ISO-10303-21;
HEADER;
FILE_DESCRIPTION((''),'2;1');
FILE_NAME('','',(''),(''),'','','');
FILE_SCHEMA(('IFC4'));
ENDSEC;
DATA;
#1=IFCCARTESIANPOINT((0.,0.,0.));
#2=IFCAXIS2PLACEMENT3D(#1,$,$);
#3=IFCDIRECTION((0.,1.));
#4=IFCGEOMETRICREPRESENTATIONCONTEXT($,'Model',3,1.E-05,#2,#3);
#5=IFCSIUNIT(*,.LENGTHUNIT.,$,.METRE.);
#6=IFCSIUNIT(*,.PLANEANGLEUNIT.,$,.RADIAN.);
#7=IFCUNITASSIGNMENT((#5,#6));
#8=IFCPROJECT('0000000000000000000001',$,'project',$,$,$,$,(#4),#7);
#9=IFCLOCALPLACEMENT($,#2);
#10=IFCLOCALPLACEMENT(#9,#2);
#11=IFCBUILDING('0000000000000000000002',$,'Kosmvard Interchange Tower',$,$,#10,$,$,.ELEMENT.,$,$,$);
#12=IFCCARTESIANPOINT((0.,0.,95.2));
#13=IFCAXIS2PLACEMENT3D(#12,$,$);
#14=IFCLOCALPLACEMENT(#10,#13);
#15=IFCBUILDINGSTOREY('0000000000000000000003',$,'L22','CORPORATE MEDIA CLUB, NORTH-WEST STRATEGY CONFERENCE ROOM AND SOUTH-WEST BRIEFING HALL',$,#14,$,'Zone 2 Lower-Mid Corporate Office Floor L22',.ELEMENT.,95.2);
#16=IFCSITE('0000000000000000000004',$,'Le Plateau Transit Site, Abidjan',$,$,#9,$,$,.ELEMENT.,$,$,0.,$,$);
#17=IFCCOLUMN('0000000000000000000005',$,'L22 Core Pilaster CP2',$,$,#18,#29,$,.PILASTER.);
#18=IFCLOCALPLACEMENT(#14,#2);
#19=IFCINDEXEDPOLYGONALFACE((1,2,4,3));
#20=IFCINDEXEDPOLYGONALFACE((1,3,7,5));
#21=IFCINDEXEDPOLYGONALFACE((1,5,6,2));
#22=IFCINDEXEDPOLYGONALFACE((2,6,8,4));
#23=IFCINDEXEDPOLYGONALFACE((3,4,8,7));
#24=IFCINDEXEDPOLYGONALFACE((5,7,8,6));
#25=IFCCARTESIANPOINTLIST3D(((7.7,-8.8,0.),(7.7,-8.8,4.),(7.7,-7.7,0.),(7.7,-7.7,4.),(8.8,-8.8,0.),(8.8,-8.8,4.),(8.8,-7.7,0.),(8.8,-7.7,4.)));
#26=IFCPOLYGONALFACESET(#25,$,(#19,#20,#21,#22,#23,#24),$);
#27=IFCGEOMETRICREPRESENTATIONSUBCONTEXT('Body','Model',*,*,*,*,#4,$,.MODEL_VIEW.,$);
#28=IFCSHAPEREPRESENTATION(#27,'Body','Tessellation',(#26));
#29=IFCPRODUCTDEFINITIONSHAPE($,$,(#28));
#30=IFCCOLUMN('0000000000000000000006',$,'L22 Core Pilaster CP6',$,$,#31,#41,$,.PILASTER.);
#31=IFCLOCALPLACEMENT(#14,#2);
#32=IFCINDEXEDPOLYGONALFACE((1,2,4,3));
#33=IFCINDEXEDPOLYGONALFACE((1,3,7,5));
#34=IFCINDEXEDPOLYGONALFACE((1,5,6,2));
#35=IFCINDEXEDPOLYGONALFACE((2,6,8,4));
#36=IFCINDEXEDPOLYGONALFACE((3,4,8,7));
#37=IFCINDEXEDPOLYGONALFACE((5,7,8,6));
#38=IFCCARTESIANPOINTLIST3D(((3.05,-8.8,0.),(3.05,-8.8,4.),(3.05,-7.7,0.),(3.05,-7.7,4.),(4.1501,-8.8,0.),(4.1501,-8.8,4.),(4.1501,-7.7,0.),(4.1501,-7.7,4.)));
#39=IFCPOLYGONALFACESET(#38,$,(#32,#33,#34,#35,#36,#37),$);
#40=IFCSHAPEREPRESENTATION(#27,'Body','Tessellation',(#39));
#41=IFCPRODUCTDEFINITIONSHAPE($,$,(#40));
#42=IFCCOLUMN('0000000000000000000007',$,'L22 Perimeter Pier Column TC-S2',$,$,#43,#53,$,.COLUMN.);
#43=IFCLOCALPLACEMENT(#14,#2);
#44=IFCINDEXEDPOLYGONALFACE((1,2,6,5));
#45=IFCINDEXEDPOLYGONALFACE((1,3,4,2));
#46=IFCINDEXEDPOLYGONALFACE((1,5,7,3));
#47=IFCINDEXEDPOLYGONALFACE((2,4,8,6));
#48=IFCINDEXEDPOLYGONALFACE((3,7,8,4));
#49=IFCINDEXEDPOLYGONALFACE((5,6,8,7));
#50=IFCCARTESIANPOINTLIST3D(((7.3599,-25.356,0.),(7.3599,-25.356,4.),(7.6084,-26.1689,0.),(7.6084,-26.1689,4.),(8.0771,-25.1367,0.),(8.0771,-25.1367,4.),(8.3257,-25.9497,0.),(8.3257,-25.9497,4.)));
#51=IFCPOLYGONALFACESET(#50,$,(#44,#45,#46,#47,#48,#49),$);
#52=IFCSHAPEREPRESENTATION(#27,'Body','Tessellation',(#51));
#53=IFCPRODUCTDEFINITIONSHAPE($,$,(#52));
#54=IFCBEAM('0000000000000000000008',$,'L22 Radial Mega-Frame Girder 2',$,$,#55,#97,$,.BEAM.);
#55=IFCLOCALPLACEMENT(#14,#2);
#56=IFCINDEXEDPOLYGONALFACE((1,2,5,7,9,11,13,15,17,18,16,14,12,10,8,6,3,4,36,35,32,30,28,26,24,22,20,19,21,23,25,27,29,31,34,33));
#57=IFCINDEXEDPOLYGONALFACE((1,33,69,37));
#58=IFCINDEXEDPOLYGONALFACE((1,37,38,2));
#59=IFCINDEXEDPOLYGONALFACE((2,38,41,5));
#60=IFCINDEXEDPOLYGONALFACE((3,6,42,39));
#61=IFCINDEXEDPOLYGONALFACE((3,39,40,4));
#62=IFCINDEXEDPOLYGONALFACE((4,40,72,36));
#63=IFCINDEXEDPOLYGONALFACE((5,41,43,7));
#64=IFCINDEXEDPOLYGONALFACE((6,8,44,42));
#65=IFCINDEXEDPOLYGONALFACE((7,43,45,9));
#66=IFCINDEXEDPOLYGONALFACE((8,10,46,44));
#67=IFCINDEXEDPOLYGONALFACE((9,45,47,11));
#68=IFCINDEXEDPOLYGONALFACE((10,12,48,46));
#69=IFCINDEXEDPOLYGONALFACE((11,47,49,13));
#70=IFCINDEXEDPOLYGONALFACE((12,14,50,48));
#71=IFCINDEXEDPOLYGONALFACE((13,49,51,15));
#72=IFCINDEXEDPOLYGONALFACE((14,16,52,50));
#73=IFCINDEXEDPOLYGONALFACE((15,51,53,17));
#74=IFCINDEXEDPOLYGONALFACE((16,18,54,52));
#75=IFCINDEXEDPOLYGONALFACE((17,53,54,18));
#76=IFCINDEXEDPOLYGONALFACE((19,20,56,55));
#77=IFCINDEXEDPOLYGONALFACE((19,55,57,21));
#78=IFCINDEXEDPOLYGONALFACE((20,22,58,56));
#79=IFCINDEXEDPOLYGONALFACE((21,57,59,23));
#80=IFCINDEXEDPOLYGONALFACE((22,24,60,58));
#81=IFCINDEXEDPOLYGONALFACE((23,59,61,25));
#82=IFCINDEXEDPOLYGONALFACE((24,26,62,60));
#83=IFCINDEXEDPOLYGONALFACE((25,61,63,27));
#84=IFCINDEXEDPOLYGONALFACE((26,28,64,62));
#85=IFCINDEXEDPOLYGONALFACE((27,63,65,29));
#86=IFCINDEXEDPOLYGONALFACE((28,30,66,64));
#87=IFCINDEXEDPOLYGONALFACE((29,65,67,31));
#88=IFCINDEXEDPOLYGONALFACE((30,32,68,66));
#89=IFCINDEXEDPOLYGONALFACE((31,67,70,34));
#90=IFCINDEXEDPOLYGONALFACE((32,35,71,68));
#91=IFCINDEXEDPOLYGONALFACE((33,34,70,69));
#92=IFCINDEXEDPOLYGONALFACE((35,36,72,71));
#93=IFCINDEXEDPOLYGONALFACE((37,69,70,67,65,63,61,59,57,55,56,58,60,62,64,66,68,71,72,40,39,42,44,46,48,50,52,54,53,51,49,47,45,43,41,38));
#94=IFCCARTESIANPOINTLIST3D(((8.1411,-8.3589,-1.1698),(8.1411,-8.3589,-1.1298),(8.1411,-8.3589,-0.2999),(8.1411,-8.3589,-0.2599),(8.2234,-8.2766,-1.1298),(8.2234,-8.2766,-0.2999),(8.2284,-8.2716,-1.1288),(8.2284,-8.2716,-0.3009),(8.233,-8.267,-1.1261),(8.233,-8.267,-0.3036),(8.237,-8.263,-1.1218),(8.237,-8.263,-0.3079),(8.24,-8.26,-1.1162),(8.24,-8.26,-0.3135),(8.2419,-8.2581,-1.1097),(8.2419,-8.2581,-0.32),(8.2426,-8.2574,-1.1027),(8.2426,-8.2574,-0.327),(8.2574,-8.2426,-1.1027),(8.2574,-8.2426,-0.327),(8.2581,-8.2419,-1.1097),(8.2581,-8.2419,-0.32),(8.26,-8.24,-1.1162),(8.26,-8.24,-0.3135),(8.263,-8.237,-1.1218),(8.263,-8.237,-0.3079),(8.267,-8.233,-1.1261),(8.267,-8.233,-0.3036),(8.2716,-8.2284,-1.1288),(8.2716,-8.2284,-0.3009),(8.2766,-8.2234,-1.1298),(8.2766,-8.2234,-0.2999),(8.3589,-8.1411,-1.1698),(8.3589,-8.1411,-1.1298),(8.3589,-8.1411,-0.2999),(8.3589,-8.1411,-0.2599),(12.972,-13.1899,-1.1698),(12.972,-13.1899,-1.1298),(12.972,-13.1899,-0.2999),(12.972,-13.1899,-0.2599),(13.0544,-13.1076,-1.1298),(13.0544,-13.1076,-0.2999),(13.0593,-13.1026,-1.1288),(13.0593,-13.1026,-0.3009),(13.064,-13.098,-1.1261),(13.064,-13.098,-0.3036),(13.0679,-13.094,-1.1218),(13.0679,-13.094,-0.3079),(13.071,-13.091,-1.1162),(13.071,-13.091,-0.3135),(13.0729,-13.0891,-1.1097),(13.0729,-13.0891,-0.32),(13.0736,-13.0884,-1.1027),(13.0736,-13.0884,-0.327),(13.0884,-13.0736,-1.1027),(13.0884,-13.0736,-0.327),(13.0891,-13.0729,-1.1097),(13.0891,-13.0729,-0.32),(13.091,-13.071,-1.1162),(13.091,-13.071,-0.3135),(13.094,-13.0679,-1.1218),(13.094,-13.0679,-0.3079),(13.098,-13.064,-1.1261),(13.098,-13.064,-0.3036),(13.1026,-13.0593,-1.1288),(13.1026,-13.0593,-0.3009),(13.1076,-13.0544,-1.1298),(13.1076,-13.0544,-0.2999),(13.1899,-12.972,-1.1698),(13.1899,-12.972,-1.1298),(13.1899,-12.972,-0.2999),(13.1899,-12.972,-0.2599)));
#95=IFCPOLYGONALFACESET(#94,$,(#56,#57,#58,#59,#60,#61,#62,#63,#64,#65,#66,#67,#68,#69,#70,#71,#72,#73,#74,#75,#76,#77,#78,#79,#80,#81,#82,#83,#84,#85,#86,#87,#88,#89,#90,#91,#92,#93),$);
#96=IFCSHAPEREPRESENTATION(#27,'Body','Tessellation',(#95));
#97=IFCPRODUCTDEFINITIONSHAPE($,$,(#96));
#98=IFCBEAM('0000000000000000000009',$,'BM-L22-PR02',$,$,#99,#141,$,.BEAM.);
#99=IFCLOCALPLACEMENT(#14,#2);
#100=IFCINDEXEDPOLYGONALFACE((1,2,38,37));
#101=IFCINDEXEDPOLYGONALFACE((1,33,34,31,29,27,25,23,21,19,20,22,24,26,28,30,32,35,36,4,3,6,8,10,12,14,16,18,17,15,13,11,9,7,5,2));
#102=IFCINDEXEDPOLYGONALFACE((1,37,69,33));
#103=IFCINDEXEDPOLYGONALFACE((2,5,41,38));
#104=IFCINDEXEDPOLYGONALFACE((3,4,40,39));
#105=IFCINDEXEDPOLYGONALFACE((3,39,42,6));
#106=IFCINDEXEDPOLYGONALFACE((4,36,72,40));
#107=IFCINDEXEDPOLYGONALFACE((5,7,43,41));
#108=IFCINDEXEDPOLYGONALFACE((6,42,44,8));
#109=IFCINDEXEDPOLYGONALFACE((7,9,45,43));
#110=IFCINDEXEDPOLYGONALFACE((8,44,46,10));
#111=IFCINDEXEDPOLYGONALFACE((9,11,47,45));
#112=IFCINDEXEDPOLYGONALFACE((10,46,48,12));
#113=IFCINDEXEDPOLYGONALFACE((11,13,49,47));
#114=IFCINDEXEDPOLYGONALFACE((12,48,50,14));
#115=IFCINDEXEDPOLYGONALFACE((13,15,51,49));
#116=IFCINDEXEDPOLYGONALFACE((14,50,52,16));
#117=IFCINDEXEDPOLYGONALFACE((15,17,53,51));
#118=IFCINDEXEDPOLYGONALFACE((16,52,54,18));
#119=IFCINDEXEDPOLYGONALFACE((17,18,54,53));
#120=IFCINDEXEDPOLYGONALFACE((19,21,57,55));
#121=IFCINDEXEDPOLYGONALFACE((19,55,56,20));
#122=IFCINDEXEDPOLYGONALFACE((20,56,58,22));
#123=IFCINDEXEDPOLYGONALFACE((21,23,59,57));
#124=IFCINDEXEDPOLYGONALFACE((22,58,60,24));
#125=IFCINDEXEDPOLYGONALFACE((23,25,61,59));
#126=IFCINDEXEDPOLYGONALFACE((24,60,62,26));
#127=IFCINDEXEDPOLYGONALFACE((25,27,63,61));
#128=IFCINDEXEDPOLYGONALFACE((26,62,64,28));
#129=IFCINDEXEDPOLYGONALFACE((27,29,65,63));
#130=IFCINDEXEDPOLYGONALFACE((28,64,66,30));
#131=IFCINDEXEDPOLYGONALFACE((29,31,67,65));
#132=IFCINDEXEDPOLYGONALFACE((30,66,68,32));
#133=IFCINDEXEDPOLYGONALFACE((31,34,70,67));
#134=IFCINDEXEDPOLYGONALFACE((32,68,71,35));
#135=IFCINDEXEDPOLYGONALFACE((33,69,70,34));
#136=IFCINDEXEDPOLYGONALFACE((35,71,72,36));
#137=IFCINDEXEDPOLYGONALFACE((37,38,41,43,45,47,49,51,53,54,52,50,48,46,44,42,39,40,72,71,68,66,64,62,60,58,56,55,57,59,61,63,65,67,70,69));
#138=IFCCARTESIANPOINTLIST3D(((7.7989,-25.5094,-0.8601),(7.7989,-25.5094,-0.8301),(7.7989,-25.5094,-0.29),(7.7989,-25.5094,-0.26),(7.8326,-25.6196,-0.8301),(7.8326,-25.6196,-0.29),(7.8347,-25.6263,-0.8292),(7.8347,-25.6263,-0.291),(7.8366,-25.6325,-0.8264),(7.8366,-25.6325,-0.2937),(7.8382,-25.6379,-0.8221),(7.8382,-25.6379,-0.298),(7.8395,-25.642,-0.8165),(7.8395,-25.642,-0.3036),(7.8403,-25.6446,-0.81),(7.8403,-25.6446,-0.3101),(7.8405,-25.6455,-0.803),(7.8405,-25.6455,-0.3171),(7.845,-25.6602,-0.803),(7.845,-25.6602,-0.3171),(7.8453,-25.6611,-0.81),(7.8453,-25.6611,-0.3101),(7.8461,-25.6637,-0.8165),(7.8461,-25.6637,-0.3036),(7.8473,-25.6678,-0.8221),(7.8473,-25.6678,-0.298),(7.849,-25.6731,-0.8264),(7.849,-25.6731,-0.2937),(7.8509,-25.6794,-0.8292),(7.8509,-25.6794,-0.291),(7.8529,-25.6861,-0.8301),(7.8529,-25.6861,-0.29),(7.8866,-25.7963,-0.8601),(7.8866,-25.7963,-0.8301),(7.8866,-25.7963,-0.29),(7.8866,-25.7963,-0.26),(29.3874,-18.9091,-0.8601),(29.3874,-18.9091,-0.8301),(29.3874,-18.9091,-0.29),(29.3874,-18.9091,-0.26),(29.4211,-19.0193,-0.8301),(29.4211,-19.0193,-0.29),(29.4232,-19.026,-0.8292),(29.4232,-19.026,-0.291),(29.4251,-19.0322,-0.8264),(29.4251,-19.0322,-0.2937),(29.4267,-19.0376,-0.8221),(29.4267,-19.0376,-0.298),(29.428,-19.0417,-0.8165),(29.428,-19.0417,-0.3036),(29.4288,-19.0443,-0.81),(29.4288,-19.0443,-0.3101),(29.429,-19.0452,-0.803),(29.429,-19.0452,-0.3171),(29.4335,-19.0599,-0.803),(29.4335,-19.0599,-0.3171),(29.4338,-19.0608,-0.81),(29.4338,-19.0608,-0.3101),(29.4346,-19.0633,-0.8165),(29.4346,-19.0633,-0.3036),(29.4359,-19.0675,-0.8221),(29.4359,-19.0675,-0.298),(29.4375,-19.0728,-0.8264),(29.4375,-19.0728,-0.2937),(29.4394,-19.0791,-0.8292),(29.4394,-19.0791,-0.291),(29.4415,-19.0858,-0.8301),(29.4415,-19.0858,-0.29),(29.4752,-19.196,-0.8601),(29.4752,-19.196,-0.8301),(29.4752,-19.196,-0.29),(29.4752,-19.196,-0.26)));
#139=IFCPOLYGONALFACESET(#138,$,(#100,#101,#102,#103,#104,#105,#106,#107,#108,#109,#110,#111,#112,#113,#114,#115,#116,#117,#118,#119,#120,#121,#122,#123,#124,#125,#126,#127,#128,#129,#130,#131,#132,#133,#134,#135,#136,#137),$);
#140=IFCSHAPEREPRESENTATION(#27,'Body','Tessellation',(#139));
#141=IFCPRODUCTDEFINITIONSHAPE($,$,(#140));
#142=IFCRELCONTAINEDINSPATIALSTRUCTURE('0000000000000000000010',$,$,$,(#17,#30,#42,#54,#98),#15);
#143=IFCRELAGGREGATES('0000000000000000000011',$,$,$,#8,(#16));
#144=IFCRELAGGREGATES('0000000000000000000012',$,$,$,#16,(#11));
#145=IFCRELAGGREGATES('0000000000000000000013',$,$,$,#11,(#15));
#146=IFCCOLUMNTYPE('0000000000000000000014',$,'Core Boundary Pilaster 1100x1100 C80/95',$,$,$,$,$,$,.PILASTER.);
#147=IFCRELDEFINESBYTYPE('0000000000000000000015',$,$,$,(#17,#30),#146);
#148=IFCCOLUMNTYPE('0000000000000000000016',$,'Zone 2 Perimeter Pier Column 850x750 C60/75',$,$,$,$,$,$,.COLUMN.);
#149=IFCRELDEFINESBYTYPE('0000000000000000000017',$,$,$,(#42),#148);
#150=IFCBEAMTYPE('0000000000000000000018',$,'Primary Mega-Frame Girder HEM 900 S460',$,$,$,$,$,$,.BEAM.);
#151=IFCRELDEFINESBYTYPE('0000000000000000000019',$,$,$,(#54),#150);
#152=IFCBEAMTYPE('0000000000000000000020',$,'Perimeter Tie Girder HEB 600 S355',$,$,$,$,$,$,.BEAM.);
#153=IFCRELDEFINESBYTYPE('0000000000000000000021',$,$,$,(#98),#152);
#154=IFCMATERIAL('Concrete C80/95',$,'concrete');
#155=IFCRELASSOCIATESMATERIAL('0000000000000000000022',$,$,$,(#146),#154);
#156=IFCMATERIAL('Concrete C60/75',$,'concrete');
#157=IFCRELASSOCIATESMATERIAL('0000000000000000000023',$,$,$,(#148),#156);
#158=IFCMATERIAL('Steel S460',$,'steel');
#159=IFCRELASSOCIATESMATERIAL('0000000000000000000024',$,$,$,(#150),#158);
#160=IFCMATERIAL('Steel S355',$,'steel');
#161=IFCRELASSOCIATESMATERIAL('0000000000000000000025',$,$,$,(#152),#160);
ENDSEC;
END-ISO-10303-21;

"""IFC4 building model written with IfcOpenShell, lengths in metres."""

from ifc_helpers import new_model, si_unit, direction, frame, origin, origin_2d, place, context, subcontext, project, spatial, rectangle, i_section, extrude, source, transform, mapped, material, material_profile, profile_set, type_object, element, save


model = new_model("IFC4")

# Units and contexts
model_context = context("Model", 3, precision=1e-05, world=origin(), true_north=direction((0.0, 1.0)))
body_context = subcontext(model_context, "Body", "Model", "MODEL_VIEW")
ifc_project = project(units=[si_unit("LENGTHUNIT", "METRE"), si_unit("PLANEANGLEUNIT", "RADIAN")], contexts=[model_context])

# Site, building, storey
site_placement = place(None, origin())
site = spatial("IfcSite", under=ifc_project, at=site_placement, Name="Le Plateau Transit Site, Abidjan", CompositionType="ELEMENT", RefElevation=0.0)
building_placement = place(site_placement, origin())
building = spatial("IfcBuilding", under=site, at=building_placement, Name="Kosmvard Interchange Tower", CompositionType="ELEMENT")
storey_placement = place(building_placement, frame((0.0, 0.0, 95.2)))
storey = spatial("IfcBuildingStorey", under=building, at=storey_placement, Name="L22", Description="CORPORATE MEDIA CLUB, NORTH-WEST STRATEGY CONFERENCE ROOM AND SOUTH-WEST BRIEFING HALL", LongName="Zone 2 Lower-Mid Corporate Office Floor L22", CompositionType="ELEMENT", Elevation=95.2)

# Columns
ifc_material_1 = material(Name="Concrete C80/95", Category="concrete")
ifc_material_profile_1 = material_profile(ifc_material_1, rectangle(XDim=1.1001, YDim=1.1001, at=origin_2d()), Name="CP 1100x1100")
ifc_profile_set_1 = profile_set([ifc_material_profile_1], Name="Concrete C80/95")
column_type_1 = type_object("IfcColumnType", Name="Core Boundary Pilaster 1100x1100 C80/95", PredefinedType="PILASTER", material=ifc_profile_set_1)
shared_shape_1 = source(origin(), body_context, "Body", "SweptSolid", [
    extrude(rectangle(XDim=1.1001, YDim=1.1001, at=origin_2d()), origin(), (0.0, 0.0, 1.0), 4.0),
])
for number, where, z_axis, x_axis, name in (
    (1, (8.25, -8.25, 0.0), (0.0, 0.0, 1.0), (1.0, 0.0, 0.0), "L22 Core Pilaster CP2"),
    (2, (3.6001, -8.25, 0.0), (0.0, 0.0, 1.0), (1.0, 0.0, 0.0), "L22 Core Pilaster CP6"),
):
    element("IfcColumn", number, at=place(storey_placement, frame(where, z_axis=z_axis, x_axis=x_axis)), inside=storey, type_object=column_type_1, Name=name, PredefinedType="PILASTER", context=body_context, shape_type="MappedRepresentation", body=[
        mapped(shared_shape_1, transform((0.0, 0.0, 0.0), scale=1.0)),
    ])
ifc_material_2 = material(Name="Concrete C60/75", Category="concrete")
ifc_material_profile_2 = material_profile(ifc_material_2, rectangle(XDim=0.75, YDim=0.8501, at=origin_2d()), Name="TC 850x750")
ifc_profile_set_2 = profile_set([ifc_material_profile_2], Name="Concrete C60/75")
column_type_2 = type_object("IfcColumnType", Name="Zone 2 Perimeter Pier Column 850x750 C60/75", PredefinedType="COLUMN", material=ifc_profile_set_2)
shared_shape_2 = source(origin(), body_context, "Body", "SweptSolid", [
    extrude(rectangle(XDim=0.75, YDim=0.8501, at=origin_2d()), origin(), (0.0, 0.0, 1.0), 4.0),
])
column_placement = place(storey_placement, frame((7.8428, -25.6528, 0.0), z_axis=(0.0, 0.0, 1.0), x_axis=(0.956305, 0.292372, 0.0)))
element("IfcColumn", 3, at=column_placement, inside=storey, type_object=column_type_2, Name="L22 Perimeter Pier Column TC-S2", PredefinedType="COLUMN", context=body_context, shape_type="MappedRepresentation", body=[
    mapped(shared_shape_2, transform((0.0, 0.0, 0.0), scale=1.0)),
])

# Beams
ifc_material_3 = material(Name="Steel S460", Category="steel")
ifc_material_profile_3 = material_profile(ifc_material_3, i_section(OverallWidth=0.3081, OverallDepth=0.9099, WebThickness=0.021, FlangeThickness=0.04, FilletRadius=0.0271, at=origin_2d()), Name="HEM 900")
ifc_profile_set_3 = profile_set([ifc_material_profile_3], Name="Steel S460")
beam_type_1 = type_object("IfcBeamType", Name="Primary Mega-Frame Girder HEM 900 S460", PredefinedType="BEAM", material=ifc_profile_set_3)
shared_shape_3 = source(origin(), body_context, "Body", "SweptSolid", [
    extrude(i_section(OverallWidth=0.3081, OverallDepth=0.9099, WebThickness=0.021, FlangeThickness=0.04, FilletRadius=0.0271, at=origin_2d()), origin(), (0.0, 0.0, 1.0), 6.832),
])
beam_1_placement = place(storey_placement, frame((8.25, -8.25, -0.7148), z_axis=(0.707107, -0.707107, 0.0), x_axis=(0.707107, 0.707107, 0.0)))
element("IfcBeam", 4, at=beam_1_placement, inside=storey, type_object=beam_type_1, Name="L22 Radial Mega-Frame Girder 2", PredefinedType="BEAM", context=body_context, shape_type="MappedRepresentation", body=[
    mapped(shared_shape_3, transform((0.0, 0.0, 0.0), scale=1.0)),
])
ifc_material_4 = material(Name="Steel S355", Category="steel")
ifc_material_profile_4 = material_profile(ifc_material_4, i_section(OverallWidth=0.3, OverallDepth=0.6001, WebThickness=0.0154, FlangeThickness=0.03, FilletRadius=0.0271, at=origin_2d()), Name="HEB 600")
ifc_profile_set_4 = profile_set([ifc_material_profile_4], Name="Steel S355")
beam_type_2 = type_object("IfcBeamType", Name="Perimeter Tie Girder HEB 600 S355", PredefinedType="BEAM", material=ifc_profile_set_4)
shared_shape_4 = source(origin(), body_context, "Body", "SweptSolid", [
    extrude(i_section(OverallWidth=0.3, OverallDepth=0.6001, WebThickness=0.0154, FlangeThickness=0.03, FilletRadius=0.0271, at=origin_2d()), origin(), (0.0, 0.0, 1.0), 22.575),
])
beam_2_placement = place(storey_placement, frame((7.8428, -25.6528, -0.5601), z_axis=(0.956304, 0.292373, 0.0), x_axis=(-0.292373, 0.956304, 0.0)))
element("IfcBeam", 5, at=beam_2_placement, inside=storey, type_object=beam_type_2, Name="BM-L22-PR02", PredefinedType="BEAM", context=body_context, shape_type="MappedRepresentation", body=[
    mapped(shared_shape_4, transform((0.0, 0.0, 0.0), scale=1.0)),
])

save(model, "model.ifc")
